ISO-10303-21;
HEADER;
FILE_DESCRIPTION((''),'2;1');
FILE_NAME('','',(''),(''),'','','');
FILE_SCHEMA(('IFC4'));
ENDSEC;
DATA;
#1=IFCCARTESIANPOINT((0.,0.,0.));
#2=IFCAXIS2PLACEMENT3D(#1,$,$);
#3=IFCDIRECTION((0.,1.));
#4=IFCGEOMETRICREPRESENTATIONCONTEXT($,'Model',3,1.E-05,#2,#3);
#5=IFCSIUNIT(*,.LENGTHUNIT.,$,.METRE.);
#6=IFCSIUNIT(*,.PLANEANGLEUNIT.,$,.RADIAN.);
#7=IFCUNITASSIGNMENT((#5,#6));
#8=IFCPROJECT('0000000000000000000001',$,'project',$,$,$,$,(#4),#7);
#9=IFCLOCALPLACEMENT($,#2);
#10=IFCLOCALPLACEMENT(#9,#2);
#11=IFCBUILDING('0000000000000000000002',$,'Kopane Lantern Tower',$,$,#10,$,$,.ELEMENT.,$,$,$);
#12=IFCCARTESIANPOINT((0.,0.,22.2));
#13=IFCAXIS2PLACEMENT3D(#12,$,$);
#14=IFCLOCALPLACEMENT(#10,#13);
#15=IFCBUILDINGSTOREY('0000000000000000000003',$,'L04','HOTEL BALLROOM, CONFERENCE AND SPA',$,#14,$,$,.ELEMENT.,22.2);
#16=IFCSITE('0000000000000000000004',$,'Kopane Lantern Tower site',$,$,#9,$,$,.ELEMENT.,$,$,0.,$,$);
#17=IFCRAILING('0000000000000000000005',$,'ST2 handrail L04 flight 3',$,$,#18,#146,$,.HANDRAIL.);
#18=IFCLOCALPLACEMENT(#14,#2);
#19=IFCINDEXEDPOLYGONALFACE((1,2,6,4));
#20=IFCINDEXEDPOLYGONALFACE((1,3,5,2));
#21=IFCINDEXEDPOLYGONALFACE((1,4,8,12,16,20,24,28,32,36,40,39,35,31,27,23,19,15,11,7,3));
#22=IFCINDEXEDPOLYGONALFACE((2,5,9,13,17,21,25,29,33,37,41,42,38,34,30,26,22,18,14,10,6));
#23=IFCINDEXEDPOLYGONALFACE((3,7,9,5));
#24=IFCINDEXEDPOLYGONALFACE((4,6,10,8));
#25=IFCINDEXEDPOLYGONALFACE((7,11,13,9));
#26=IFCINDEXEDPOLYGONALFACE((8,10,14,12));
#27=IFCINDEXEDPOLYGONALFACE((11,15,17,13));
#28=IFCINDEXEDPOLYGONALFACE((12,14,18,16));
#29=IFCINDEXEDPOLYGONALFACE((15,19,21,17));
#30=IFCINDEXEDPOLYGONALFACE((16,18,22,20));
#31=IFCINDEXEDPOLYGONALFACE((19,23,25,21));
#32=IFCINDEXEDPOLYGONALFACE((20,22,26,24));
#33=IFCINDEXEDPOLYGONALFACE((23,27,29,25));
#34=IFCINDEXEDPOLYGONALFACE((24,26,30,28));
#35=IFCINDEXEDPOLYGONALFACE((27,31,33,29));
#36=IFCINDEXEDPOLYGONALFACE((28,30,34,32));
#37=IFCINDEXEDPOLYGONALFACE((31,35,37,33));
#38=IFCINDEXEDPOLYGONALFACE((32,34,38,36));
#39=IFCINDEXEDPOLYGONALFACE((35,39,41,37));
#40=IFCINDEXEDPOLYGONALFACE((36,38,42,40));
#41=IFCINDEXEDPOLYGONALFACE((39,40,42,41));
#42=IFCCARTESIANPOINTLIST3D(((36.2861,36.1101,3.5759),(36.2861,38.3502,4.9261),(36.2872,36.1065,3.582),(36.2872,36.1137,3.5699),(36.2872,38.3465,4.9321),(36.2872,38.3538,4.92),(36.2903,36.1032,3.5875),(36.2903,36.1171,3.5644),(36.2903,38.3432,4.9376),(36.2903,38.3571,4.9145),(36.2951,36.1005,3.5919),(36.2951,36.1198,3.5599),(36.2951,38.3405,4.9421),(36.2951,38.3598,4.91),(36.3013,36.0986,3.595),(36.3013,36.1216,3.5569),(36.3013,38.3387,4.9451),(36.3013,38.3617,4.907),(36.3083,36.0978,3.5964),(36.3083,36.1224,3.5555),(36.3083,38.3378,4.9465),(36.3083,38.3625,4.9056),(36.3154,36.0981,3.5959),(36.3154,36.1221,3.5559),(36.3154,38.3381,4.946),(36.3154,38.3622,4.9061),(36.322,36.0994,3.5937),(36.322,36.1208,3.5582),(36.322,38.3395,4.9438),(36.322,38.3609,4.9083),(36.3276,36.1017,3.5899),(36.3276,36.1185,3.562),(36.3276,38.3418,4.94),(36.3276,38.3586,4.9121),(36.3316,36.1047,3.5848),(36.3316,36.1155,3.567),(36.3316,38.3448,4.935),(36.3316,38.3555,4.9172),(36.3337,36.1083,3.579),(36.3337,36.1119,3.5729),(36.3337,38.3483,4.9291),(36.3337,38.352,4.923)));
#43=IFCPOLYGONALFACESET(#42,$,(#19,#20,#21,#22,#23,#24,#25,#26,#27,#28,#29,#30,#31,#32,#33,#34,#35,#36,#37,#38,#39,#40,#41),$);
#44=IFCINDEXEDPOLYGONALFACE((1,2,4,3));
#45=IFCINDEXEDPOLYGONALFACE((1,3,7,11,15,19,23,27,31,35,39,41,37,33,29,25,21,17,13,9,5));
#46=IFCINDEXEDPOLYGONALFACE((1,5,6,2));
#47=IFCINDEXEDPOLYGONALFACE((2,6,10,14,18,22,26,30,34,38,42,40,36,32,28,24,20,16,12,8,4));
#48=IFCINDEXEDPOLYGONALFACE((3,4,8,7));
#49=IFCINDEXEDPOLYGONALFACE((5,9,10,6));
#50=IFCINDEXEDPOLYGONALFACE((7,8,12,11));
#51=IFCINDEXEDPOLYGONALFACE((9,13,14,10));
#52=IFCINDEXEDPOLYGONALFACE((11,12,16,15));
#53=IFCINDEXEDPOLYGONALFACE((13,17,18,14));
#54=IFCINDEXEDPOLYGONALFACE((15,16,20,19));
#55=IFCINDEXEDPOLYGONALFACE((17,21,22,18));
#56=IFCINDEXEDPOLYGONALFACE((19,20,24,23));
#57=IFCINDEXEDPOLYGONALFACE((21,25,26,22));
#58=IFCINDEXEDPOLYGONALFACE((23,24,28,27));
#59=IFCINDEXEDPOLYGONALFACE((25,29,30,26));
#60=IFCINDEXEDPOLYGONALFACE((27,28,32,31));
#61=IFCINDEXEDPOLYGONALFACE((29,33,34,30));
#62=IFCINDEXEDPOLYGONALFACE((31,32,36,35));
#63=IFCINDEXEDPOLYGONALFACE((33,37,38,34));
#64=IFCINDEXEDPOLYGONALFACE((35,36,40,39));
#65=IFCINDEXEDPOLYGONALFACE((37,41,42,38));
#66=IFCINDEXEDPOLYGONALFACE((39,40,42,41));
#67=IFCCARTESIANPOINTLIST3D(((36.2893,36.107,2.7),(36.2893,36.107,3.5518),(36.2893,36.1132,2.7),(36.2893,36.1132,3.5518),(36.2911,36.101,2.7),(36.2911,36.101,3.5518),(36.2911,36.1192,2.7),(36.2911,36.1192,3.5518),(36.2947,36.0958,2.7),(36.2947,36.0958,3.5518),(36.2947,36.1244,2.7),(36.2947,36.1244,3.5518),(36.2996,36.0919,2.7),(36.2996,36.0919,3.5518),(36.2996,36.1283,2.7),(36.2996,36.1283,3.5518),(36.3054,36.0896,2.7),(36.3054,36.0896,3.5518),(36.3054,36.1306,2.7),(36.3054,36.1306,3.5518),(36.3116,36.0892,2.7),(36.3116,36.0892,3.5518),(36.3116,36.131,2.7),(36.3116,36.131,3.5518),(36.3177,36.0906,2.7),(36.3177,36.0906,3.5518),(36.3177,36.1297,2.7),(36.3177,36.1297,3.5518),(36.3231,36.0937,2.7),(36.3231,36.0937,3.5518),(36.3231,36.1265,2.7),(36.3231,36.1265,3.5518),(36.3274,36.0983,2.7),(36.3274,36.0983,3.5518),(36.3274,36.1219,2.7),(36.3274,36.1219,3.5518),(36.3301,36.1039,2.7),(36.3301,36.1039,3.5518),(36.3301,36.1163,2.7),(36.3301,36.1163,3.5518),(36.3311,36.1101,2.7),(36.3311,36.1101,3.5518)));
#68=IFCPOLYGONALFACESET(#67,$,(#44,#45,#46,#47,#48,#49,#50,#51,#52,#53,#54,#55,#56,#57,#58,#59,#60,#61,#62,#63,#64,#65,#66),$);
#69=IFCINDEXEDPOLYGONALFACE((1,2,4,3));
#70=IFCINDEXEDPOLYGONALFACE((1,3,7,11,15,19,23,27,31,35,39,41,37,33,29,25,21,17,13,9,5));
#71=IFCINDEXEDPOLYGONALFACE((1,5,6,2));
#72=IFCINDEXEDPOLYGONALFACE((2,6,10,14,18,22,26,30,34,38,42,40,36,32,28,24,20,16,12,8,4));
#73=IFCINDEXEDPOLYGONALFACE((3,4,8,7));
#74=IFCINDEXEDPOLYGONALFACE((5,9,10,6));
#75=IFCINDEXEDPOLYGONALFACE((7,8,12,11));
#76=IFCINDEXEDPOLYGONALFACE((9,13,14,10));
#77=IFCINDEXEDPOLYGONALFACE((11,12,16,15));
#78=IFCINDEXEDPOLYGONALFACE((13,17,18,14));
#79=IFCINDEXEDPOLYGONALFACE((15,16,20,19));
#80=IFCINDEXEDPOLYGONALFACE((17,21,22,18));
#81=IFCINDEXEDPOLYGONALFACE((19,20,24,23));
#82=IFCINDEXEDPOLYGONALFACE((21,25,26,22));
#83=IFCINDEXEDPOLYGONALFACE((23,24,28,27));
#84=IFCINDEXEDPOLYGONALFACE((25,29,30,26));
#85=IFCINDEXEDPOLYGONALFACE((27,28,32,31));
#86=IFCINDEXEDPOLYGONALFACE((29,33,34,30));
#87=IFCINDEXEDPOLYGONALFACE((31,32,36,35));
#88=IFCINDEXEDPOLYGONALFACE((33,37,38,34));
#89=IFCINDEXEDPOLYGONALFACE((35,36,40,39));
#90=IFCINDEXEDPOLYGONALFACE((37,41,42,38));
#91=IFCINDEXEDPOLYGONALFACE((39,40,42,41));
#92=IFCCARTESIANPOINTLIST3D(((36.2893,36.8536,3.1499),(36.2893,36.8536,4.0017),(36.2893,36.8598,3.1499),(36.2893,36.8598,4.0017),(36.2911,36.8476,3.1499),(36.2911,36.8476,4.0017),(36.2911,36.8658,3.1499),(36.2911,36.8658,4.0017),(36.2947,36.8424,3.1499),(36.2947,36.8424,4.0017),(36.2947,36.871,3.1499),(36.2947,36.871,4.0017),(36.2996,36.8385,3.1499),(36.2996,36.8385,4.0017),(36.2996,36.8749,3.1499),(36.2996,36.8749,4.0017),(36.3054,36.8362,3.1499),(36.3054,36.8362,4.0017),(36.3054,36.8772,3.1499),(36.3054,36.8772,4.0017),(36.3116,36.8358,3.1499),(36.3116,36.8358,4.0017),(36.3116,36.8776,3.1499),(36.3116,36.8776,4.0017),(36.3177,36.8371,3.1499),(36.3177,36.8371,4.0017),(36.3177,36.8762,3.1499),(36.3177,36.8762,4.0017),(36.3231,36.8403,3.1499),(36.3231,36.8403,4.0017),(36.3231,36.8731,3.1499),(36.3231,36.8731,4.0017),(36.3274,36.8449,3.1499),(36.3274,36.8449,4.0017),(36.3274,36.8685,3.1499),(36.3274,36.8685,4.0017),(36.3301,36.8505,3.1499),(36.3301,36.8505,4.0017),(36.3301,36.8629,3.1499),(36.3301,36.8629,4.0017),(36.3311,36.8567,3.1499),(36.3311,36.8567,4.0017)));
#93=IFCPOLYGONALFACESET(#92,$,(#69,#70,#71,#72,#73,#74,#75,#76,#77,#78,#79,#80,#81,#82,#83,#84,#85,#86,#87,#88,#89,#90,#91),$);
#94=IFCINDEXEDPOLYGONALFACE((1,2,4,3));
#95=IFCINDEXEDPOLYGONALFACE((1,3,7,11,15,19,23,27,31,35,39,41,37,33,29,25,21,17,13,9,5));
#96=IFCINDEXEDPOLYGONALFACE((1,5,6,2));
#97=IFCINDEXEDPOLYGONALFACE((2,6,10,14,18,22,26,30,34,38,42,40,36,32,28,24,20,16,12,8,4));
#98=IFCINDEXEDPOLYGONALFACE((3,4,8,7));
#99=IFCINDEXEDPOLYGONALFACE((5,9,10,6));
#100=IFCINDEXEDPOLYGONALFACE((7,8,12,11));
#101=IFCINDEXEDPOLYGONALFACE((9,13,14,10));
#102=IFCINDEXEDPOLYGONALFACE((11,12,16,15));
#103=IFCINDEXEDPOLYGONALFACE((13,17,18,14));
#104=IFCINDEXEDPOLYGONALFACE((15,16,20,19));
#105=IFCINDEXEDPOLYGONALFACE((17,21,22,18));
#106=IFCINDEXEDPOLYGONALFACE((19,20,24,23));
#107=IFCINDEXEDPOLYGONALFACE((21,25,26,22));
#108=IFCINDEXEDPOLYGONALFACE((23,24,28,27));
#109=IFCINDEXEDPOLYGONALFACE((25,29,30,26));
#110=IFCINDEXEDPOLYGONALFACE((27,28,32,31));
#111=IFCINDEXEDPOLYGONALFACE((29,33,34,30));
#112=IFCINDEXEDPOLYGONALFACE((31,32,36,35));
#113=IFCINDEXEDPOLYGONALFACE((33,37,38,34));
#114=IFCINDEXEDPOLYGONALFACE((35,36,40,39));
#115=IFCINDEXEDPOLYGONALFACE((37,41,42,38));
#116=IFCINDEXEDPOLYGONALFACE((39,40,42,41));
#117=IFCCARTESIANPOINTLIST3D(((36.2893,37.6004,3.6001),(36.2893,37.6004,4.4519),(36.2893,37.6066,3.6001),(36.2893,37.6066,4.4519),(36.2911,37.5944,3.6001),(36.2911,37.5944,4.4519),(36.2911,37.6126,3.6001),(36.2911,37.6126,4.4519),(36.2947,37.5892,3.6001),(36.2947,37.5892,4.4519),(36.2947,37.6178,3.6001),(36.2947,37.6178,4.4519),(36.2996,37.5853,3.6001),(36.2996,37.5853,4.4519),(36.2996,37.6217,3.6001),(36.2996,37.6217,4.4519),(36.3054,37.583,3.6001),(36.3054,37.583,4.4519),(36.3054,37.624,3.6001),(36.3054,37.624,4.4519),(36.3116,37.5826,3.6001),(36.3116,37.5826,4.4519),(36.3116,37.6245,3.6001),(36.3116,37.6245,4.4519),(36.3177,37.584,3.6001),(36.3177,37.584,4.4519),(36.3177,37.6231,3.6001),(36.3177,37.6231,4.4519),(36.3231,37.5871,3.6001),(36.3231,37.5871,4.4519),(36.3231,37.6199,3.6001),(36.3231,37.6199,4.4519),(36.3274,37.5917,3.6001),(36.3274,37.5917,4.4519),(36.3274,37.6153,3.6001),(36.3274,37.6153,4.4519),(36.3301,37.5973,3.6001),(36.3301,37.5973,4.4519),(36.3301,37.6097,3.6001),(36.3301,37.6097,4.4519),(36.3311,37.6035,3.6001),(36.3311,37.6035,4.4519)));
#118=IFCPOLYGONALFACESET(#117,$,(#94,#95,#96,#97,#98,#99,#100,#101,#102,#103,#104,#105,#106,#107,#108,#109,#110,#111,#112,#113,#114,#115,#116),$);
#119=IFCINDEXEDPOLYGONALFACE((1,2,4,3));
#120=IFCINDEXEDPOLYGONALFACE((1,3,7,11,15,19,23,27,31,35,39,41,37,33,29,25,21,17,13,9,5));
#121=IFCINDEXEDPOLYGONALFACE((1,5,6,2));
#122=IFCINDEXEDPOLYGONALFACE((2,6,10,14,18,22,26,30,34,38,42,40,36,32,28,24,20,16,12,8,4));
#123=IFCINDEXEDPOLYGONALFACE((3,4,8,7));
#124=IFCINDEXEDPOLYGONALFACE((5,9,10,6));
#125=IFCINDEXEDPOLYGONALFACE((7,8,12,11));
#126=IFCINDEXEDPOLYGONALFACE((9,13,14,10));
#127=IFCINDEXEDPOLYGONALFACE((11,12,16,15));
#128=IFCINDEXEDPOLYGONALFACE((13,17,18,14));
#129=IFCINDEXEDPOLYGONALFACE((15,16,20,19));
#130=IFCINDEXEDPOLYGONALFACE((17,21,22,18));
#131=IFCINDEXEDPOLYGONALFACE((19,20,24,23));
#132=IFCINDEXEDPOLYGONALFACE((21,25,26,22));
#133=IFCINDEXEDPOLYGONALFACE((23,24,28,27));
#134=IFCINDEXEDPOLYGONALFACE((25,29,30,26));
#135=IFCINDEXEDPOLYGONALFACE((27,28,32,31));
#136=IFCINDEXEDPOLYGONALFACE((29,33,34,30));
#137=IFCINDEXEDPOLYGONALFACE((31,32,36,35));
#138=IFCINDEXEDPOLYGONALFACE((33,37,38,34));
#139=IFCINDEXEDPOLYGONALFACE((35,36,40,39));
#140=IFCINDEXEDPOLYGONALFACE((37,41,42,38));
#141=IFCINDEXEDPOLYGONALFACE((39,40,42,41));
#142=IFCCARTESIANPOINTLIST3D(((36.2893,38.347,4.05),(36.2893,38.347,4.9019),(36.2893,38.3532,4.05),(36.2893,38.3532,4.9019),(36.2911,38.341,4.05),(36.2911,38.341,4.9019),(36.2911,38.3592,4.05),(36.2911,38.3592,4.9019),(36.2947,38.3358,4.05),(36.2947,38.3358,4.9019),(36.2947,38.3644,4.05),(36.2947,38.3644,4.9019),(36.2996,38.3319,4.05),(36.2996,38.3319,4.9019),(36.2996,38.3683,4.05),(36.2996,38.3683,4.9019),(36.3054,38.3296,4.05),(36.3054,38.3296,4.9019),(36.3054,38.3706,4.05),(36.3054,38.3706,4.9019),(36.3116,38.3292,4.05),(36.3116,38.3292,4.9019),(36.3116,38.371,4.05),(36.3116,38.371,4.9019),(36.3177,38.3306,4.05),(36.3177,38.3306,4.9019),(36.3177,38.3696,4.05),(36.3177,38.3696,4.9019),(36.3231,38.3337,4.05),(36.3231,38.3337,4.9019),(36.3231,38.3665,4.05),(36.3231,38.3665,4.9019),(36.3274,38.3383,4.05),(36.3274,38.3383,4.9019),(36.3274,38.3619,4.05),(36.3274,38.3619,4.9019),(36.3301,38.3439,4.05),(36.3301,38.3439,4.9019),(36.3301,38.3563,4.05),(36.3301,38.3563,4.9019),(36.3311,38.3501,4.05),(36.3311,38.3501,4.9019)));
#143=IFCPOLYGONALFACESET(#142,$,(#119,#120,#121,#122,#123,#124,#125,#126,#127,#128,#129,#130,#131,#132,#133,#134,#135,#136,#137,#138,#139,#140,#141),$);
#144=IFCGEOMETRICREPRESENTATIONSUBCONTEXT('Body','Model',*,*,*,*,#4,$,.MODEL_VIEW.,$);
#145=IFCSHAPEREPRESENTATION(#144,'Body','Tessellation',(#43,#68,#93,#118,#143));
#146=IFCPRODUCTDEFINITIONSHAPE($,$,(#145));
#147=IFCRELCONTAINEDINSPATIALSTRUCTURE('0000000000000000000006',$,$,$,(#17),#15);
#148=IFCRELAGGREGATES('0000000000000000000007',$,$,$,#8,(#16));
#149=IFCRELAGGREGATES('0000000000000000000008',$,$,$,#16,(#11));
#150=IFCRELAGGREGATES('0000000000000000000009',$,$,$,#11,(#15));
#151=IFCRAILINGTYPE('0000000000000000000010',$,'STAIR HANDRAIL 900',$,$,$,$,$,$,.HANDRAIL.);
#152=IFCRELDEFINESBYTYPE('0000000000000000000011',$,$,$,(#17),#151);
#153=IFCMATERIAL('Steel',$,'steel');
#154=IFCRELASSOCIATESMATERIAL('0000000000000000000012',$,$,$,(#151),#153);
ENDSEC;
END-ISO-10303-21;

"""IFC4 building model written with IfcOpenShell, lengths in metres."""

from ifc_helpers import new_model, si_unit, direction, frame, origin, origin_2d, place, context, subcontext, project, spatial, circle, extrude, material, type_object, element, save


model = new_model("IFC4")

# Units and contexts
model_context = context("Model", 3, precision=1e-05, world=origin(), true_north=direction((0.0, 1.0)))
body_context = subcontext(model_context, "Body", "Model", "MODEL_VIEW")
ifc_project = project(units=[si_unit("LENGTHUNIT", "METRE"), si_unit("PLANEANGLEUNIT", "RADIAN")], contexts=[model_context])

# Site, building, storey
site_placement = place(None, origin())
site = spatial("IfcSite", under=ifc_project, at=site_placement, Name="Kopane Lantern Tower site", CompositionType="ELEMENT", RefElevation=0.0)
building_placement = place(site_placement, origin())
building = spatial("IfcBuilding", under=site, at=building_placement, Name="Kopane Lantern Tower", CompositionType="ELEMENT")
storey_placement = place(building_placement, frame((0.0, 0.0, 22.2)))
storey = spatial("IfcBuildingStorey", under=building, at=storey_placement, Name="L04", Description="HOTEL BALLROOM, CONFERENCE AND SPA", CompositionType="ELEMENT", Elevation=22.2)

# Railing
ifc_material_1 = material(Name="Steel", Category="steel")
railing_type_1 = type_object("IfcRailingType", Name="STAIR HANDRAIL 900", PredefinedType="HANDRAIL", material=ifc_material_1)
for number, where, name in (
    (1, (36.3101, 36.1101, 2.7), "ST2 handrail L04 flight 3"),
):
    element("IfcRailing", number, at=place(storey_placement, frame(where)), inside=storey, type_object=railing_type_1, Name=name, PredefinedType="HANDRAIL", context=body_context, shape_type="SweptSolid", body=[
        extrude(circle(Radius=0.0239, at=origin_2d()), frame((0.0, 0.0, 0.876), z_axis=(0.0, 0.856462, 0.516211), x_axis=(-1.0, 0.0, 0.0)), (0.0, 0.0, 1.0), 2.6155),
        extrude(circle(Radius=0.021, at=origin_2d()), origin(), (0.0, 0.0, 1.0), 0.8518),
        extrude(circle(Radius=0.021, at=origin_2d()), frame((0.0, 0.7466, 0.45)), (0.0, 0.0, 1.0), 0.8518),
        extrude(circle(Radius=0.021, at=origin_2d()), frame((0.0, 1.4934, 0.9001)), (0.0, 0.0, 1.0), 0.8518),
        extrude(circle(Radius=0.021, at=origin_2d()), frame((0.0, 2.24, 1.3501)), (0.0, 0.0, 1.0), 0.8518),
    ])

save(model, "model.ifc")
